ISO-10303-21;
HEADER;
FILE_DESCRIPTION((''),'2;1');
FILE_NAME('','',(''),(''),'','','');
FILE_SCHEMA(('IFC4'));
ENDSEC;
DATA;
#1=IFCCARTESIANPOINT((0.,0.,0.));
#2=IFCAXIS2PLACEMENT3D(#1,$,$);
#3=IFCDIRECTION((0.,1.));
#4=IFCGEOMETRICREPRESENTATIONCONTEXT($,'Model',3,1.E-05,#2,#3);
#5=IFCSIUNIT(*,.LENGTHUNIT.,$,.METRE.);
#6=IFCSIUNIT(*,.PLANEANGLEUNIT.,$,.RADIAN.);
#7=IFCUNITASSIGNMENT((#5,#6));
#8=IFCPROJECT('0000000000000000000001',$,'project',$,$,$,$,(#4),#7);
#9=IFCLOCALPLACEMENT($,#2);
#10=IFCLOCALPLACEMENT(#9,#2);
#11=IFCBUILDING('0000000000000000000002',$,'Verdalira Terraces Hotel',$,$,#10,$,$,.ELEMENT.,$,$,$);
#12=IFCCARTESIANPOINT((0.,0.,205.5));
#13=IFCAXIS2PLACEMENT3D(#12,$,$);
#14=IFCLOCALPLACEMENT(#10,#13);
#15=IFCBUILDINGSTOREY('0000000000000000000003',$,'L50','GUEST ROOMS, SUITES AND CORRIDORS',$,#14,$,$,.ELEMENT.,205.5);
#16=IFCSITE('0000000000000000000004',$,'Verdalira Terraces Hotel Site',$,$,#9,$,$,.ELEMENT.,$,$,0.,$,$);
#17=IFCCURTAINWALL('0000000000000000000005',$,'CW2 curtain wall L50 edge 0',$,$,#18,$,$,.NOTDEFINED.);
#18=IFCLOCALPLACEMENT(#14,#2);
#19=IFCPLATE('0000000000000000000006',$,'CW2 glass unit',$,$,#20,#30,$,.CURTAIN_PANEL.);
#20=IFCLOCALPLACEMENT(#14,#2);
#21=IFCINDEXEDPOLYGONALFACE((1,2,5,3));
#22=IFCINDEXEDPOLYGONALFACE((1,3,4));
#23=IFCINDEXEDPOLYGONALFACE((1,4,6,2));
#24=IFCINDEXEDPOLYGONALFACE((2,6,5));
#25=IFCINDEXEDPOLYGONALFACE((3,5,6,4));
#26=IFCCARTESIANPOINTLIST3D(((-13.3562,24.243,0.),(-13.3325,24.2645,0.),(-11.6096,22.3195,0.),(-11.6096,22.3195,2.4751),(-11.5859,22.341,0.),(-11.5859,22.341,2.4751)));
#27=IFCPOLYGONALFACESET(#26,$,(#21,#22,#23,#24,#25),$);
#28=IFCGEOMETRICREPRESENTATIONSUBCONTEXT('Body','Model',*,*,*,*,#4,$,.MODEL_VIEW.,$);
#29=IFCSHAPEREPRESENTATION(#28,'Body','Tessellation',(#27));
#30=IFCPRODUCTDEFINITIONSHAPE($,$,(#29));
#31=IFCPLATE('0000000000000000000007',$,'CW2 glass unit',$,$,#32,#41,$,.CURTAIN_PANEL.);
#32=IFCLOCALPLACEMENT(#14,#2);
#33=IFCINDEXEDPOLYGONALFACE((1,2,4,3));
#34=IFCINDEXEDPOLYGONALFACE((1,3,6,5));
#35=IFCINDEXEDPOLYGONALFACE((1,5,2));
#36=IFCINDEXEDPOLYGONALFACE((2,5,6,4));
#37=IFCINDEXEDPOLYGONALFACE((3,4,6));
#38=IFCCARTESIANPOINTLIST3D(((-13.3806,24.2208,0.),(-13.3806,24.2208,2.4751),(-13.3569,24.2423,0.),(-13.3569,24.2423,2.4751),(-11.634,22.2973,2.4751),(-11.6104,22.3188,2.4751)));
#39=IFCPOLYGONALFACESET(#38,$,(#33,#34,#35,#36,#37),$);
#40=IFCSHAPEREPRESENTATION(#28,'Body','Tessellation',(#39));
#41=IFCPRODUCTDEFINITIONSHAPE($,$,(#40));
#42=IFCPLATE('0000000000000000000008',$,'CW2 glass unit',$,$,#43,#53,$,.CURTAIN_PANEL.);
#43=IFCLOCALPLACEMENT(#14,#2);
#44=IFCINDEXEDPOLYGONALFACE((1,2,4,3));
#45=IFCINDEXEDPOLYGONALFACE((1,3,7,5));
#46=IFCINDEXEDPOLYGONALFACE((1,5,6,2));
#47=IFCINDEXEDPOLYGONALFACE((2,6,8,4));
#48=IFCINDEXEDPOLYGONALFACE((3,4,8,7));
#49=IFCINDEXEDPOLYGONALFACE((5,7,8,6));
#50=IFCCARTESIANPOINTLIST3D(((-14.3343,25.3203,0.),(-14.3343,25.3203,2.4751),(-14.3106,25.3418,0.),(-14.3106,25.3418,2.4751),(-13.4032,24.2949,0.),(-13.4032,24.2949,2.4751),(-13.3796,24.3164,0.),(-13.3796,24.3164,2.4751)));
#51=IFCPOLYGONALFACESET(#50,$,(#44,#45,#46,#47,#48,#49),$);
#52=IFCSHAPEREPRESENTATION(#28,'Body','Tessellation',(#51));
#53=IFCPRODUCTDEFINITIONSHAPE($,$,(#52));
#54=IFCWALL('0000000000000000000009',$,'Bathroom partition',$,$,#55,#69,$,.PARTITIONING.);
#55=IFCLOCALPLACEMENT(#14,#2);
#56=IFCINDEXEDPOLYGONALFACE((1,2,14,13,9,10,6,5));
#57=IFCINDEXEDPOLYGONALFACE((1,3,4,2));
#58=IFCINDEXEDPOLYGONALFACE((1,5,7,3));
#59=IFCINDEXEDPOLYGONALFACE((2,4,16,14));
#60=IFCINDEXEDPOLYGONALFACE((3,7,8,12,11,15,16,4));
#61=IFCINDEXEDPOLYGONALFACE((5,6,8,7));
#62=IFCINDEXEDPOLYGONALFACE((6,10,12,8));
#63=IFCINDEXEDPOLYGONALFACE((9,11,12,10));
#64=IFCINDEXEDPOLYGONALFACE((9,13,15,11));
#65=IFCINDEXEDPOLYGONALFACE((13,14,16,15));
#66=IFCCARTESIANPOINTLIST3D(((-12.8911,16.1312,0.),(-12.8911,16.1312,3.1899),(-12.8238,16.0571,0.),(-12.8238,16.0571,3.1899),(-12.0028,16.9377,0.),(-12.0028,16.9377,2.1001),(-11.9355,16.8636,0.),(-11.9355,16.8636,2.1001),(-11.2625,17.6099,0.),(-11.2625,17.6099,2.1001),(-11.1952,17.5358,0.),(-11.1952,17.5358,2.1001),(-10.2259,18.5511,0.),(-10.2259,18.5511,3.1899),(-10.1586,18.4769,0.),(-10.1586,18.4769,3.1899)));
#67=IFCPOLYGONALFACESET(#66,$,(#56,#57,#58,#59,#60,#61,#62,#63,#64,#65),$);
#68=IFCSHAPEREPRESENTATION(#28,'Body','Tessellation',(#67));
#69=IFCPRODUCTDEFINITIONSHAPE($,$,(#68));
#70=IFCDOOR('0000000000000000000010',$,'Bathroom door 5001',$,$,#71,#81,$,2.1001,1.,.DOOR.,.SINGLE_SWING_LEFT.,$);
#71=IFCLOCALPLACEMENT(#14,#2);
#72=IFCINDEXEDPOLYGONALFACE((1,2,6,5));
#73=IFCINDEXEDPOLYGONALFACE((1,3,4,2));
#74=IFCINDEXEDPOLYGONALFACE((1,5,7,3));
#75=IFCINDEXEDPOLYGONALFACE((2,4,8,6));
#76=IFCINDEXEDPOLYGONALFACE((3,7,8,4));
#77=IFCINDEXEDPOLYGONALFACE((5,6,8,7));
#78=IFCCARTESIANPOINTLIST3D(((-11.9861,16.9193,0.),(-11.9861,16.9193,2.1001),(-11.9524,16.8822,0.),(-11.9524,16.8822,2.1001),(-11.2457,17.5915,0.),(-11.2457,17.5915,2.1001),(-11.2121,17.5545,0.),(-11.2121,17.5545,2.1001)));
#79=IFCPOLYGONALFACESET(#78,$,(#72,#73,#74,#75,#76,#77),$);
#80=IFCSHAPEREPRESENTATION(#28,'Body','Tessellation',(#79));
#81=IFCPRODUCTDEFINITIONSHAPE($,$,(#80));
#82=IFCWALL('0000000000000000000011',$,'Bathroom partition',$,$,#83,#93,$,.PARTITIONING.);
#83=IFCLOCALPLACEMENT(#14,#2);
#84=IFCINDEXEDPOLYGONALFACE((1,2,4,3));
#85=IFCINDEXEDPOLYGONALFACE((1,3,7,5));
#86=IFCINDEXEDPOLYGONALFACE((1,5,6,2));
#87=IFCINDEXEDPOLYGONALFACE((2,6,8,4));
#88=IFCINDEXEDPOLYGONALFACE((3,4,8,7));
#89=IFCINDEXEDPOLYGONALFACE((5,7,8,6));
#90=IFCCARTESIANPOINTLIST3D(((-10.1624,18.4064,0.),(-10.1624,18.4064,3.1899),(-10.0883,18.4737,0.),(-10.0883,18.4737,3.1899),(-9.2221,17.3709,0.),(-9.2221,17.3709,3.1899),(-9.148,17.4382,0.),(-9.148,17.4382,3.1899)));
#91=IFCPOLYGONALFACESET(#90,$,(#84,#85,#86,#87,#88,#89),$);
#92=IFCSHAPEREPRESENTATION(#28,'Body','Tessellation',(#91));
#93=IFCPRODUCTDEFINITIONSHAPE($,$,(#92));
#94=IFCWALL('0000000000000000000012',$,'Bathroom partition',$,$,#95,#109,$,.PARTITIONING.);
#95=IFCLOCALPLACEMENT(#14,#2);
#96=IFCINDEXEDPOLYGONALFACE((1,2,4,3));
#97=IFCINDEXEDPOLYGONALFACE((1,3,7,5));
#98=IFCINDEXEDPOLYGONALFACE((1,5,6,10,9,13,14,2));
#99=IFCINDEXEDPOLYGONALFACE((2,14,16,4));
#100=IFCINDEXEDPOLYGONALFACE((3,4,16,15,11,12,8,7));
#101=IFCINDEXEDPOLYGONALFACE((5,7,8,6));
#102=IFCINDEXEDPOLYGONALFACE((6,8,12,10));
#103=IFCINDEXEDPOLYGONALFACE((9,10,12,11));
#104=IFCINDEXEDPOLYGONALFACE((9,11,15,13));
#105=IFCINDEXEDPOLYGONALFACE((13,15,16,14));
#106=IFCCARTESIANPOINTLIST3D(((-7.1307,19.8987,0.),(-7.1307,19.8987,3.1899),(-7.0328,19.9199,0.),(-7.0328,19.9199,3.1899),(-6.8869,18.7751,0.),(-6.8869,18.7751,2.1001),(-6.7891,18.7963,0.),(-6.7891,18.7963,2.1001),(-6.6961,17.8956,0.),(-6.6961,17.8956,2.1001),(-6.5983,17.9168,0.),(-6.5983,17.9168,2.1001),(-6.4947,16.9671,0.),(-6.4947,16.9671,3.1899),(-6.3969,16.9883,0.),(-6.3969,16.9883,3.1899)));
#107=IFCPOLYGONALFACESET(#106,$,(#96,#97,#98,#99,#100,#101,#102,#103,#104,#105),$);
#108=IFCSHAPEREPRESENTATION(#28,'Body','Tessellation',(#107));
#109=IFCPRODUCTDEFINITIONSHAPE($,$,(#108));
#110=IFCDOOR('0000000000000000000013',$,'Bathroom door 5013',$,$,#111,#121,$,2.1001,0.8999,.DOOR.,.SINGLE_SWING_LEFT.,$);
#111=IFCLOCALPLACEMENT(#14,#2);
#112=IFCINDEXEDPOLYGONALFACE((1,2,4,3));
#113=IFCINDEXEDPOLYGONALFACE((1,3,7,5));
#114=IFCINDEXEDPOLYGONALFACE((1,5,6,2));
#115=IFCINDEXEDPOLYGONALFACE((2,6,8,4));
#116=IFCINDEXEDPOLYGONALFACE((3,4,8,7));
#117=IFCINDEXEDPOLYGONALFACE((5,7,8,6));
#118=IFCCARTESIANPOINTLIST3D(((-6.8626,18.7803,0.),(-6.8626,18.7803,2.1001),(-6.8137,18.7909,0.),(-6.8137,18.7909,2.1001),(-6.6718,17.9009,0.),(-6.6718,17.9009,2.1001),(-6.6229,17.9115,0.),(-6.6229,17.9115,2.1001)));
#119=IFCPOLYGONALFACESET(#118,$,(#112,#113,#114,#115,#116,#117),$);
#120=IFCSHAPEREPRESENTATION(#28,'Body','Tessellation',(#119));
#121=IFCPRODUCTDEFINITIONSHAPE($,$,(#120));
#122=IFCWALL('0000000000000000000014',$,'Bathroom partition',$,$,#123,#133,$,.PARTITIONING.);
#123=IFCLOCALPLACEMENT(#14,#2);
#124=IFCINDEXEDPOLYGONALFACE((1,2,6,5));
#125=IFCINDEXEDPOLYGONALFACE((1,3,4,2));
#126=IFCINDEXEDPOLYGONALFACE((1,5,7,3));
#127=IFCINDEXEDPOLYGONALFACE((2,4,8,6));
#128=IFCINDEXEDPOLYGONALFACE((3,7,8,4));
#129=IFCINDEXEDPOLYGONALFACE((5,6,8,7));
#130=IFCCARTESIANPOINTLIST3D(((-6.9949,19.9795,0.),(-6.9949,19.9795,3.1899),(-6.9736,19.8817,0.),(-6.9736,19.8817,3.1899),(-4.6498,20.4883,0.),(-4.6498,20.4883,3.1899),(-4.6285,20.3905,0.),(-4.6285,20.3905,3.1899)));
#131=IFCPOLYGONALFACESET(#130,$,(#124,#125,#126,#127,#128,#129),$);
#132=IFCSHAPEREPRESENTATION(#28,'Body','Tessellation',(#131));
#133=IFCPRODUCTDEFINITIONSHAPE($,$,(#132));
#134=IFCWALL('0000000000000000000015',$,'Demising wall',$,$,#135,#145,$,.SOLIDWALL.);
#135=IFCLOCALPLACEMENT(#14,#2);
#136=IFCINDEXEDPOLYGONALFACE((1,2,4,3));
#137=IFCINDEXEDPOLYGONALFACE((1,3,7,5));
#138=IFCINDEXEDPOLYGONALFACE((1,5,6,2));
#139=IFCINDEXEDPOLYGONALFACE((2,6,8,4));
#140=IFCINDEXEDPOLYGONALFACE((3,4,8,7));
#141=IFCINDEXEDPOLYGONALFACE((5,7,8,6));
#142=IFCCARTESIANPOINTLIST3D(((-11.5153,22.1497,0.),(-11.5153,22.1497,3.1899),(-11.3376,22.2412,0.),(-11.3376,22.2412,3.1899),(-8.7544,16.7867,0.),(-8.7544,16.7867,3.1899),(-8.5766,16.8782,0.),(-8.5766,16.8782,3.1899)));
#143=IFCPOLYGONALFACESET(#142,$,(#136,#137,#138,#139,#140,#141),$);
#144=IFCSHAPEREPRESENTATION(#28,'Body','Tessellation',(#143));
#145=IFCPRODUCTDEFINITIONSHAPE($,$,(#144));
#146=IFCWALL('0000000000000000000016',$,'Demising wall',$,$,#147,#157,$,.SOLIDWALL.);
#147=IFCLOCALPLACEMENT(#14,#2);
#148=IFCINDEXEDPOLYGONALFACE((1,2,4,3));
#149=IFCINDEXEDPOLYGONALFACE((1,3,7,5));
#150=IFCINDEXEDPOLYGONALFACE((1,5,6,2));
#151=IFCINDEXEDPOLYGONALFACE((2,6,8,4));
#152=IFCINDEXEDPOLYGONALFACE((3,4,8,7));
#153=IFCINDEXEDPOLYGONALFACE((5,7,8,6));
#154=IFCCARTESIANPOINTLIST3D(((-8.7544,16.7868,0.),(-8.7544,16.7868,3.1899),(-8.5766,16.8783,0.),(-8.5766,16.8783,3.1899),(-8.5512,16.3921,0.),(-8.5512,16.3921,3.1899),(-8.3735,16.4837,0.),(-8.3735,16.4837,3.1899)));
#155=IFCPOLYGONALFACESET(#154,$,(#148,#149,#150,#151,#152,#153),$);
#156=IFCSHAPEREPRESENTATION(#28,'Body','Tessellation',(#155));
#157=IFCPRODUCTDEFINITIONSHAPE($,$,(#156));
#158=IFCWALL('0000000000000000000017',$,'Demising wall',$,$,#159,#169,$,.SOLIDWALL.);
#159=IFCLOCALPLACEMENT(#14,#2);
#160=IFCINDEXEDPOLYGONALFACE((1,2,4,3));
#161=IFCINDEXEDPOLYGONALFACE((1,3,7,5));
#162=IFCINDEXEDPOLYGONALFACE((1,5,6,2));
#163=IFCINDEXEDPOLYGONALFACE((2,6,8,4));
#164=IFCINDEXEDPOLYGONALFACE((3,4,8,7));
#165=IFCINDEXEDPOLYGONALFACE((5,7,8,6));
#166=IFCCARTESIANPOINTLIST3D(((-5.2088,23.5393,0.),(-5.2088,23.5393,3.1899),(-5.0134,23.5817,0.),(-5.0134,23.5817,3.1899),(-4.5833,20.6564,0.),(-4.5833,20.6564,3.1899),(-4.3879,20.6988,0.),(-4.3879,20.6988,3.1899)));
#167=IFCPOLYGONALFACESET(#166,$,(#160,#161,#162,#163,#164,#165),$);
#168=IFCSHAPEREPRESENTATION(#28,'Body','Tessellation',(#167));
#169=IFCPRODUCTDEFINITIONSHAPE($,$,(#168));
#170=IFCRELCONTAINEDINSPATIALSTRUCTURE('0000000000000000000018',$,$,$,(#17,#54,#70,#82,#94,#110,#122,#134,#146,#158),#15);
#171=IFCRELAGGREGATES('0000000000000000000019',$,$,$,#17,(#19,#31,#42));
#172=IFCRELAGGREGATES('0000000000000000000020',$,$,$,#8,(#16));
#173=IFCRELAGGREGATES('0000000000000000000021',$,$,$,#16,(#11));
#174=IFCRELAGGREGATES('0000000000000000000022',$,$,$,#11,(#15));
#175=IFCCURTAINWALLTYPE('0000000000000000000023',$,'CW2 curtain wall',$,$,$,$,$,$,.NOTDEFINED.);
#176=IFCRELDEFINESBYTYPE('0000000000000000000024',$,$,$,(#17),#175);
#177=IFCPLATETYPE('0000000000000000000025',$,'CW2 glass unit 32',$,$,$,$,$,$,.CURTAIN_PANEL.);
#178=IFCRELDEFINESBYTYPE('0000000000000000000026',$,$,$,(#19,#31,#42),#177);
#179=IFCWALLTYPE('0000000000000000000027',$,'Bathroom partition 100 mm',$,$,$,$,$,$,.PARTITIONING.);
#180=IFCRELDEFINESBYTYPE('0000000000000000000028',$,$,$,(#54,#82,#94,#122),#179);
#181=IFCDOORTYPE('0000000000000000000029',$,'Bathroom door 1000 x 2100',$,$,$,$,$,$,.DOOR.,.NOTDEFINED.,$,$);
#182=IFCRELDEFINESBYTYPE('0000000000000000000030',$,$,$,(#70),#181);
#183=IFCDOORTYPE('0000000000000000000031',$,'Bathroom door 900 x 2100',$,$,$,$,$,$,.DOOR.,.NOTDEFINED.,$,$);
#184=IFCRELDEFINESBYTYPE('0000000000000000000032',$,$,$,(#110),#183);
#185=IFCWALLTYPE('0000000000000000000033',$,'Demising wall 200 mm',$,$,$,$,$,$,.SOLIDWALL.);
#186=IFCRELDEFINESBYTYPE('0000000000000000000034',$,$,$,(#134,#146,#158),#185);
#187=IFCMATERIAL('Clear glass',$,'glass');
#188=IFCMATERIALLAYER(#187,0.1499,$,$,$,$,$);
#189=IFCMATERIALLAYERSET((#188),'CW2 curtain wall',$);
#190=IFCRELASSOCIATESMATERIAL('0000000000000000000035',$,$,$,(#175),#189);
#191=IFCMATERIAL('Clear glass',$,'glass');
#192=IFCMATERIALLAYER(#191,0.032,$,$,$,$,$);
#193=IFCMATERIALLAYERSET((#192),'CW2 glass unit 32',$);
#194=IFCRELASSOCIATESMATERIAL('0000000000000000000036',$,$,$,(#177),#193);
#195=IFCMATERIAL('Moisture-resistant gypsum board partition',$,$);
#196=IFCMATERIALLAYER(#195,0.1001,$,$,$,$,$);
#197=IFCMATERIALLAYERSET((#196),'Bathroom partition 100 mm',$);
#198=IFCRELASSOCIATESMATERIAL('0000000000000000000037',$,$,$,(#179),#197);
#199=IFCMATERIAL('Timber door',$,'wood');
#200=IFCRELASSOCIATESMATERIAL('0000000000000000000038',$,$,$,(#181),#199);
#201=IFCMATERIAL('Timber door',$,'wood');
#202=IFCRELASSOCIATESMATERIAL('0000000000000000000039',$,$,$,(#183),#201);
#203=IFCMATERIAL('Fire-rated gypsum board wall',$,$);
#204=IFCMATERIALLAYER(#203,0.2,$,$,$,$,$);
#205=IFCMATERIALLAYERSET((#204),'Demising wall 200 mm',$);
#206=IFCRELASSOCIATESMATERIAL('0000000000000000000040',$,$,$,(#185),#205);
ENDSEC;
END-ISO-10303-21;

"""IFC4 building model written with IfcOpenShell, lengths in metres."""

from ifc_helpers import new_model, si_unit, direction, frame, frame_2d, origin, origin_2d, place, context, subcontext, project, spatial, polyline, rectangle, outline, extrude, material, layer, layer_set, type_object, element, fill, aggregate, save


model = new_model("IFC4")

# Units and contexts
model_context = context("Model", 3, precision=1e-05, world=origin(), true_north=direction((0.0, 1.0)))
body_context = subcontext(model_context, "Body", "Model", "MODEL_VIEW")
ifc_project = project(units=[si_unit("LENGTHUNIT", "METRE"), si_unit("PLANEANGLEUNIT", "RADIAN")], contexts=[model_context])

# Site, building, storey
site_placement = place(None, origin())
site = spatial("IfcSite", under=ifc_project, at=site_placement, Name="Verdalira Terraces Hotel Site", CompositionType="ELEMENT", RefElevation=0.0)
building_placement = place(site_placement, origin())
building = spatial("IfcBuilding", under=site, at=building_placement, Name="Verdalira Terraces Hotel", CompositionType="ELEMENT")
storey_placement = place(building_placement, frame((0.0, 0.0, 205.5)))
storey = spatial("IfcBuildingStorey", under=building, at=storey_placement, Name="L50", Description="GUEST ROOMS, SUITES AND CORRIDORS", CompositionType="ELEMENT", Elevation=205.5)

# Curtain wall
ifc_material_1 = material(Name="Clear glass", Category="glass")
ifc_layer_1 = layer(ifc_material_1, 0.1499)
ifc_layer_set_1 = layer_set([ifc_layer_1], Name="CW2 curtain wall")
curtain_wall_type_1 = type_object("IfcCurtainWallType", Name="CW2 curtain wall", PredefinedType="NOTDEFINED", material=ifc_layer_set_1)
curtain_wall_1_placement = place(storey_placement, origin())
curtain_wall_1 = element("IfcCurtainWall", 1, at=curtain_wall_1_placement, inside=storey, type_object=curtain_wall_type_1, Name="CW2 curtain wall L50 edge 0", PredefinedType="NOTDEFINED")

# Plates
ifc_material_2 = material(Name="Clear glass", Category="glass")
ifc_layer_2 = layer(ifc_material_2, 0.032)
ifc_layer_set_2 = layer_set([ifc_layer_2], Name="CW2 glass unit 32")
plate_type_1 = type_object("IfcPlateType", Name="CW2 glass unit 32", PredefinedType="CURTAIN_PANEL", material=ifc_layer_set_2)
plate_1_placement = place(storey_placement, frame((-12.4829, 23.2812, 1.2375), z_axis=(0.740335, 0.672238, 0.0), x_axis=(-0.672238, 0.740335, 0.0)))
plate_1 = element("IfcPlate", 2, at=plate_1_placement, type_object=plate_type_1, Name="CW2 glass unit", PredefinedType="CURTAIN_PANEL", context=body_context, shape_type="SweptSolid", body=[
    extrude(outline(polyline([(-1.2991, -1.2375), (1.2991, -1.2375), (-1.2991, 1.2375), (-1.2991, -1.2375)])), origin(), (0.0, 0.0, 1.0), 0.032),
])
plate_2_placement = place(storey_placement, frame((-12.5073, 23.259, 1.2375), z_axis=(0.740335, 0.672238, 0.0), x_axis=(-0.672238, 0.740335, 0.0)))
plate_2 = element("IfcPlate", 3, at=plate_2_placement, type_object=plate_type_1, Name="CW2 glass unit", PredefinedType="CURTAIN_PANEL", context=body_context, shape_type="SweptSolid", body=[
    extrude(outline(polyline([(1.2991, -1.2375), (1.2991, 1.2375), (-1.2991, 1.2375), (1.2991, -1.2375)])), origin(), (0.0, 0.0, 1.0), 0.032),
])
plate_3_placement = place(storey_placement, frame((-13.8569, 24.8184, 0.0), z_axis=(0.0, 0.0, 1.0), x_axis=(-0.672238, 0.740335, 0.0)))
plate_3 = element("IfcPlate", 4, at=plate_3_placement, type_object=plate_type_1, Name="CW2 glass unit", PredefinedType="CURTAIN_PANEL", context=body_context, shape_type="SweptSolid", body=[
    extrude(rectangle(XDim=1.385, YDim=0.032, at=origin_2d()), origin(), (0.0, 0.0, 1.0), 2.4751),
])
aggregate(curtain_wall_1, [plate_1, plate_2, plate_3])

# Wall, opening, door
ifc_material_3 = material(Name="Moisture-resistant gypsum board partition")
ifc_layer_3 = layer(ifc_material_3, 0.1001)
ifc_layer_set_3 = layer_set([ifc_layer_3], Name="Bathroom partition 100 mm")
wall_type_1 = type_object("IfcWallType", Name="Bathroom partition 100 mm", PredefinedType="PARTITIONING", material=ifc_layer_set_3)
wall_1_placement = place(storey_placement, frame((-10.1924, 18.5139, 0.0), z_axis=(0.0, 0.0, 1.0), x_axis=(-0.740363, -0.672207, 0.0)))
wall_1 = element("IfcWall", 5, at=wall_1_placement, inside=storey, type_object=wall_type_1, Name="Bathroom partition", PredefinedType="PARTITIONING", context=body_context, shape_type="SweptSolid", body=[
    extrude(rectangle(XDim=3.5999, YDim=0.1001, at=frame_2d((1.7998, 0.0))), origin(), (0.0, 0.0, 1.0), 3.1899),
])
opening_1_placement = place(wall_1_placement, frame((1.3999, 0.0, 0.0)))
opening_1 = element("IfcOpeningElement", 6, at=opening_1_placement, cuts=wall_1, PredefinedType="OPENING", context=body_context, shape_type="SweptSolid", body=[
    extrude(rectangle(XDim=1.0, YDim=2.1001, at=frame_2d((0.5, 1.05))), frame((0.0, 0.0601, 0.0), z_axis=(0.0, -1.0, 0.0), x_axis=(1.0, 0.0, 0.0)), (0.0, 0.0, 1.0), 0.1201),
])
ifc_material_4 = material(Name="Timber door", Category="wood")
door_type_1 = type_object("IfcDoorType", Name="Bathroom door 1000 x 2100", OperationType="NOTDEFINED", PredefinedType="DOOR", material=ifc_material_4)
door_1_placement = place(opening_1_placement, origin())
door_1 = element("IfcDoor", 7, at=door_1_placement, inside=storey, type_object=door_type_1, Name="Bathroom door 5001", OperationType="SINGLE_SWING_LEFT", OverallHeight=2.1001, OverallWidth=1.0, PredefinedType="DOOR", context=body_context, shape_type="SweptSolid", body=[
    extrude(rectangle(XDim=1.0, YDim=2.1001, at=frame_2d((0.5, 1.05))), frame((0.0, 0.0249, 0.0), z_axis=(0.0, -1.0, 0.0), x_axis=(1.0, 0.0, 0.0)), (0.0, 0.0, 1.0), 0.05),
])
fill(opening_1, door_1)

# Wall
wall_2_placement = place(storey_placement, frame((-10.1252, 18.4399, 0.0), z_axis=(0.0, 0.0, 1.0), x_axis=(0.672247, -0.740327, 0.0)))
element("IfcWall", 8, at=wall_2_placement, inside=storey, type_object=wall_type_1, Name="Bathroom partition", PredefinedType="PARTITIONING", context=body_context, shape_type="SweptSolid", body=[
    extrude(rectangle(XDim=1.3987, YDim=0.1001, at=frame_2d((0.6992, 0.0))), origin(), (0.0, 0.0, 1.0), 3.1899),
])

# Wall, opening, door
wall_3_placement = place(storey_placement, frame((-7.0818, 19.9094, 0.0), z_axis=(0.0, 0.0, 1.0), x_axis=(0.212007, -0.977268, 0.0)))
wall_3 = element("IfcWall", 9, at=wall_3_placement, inside=storey, type_object=wall_type_1, Name="Bathroom partition", PredefinedType="PARTITIONING", context=body_context, shape_type="SweptSolid", body=[
    extrude(rectangle(XDim=2.9998, YDim=0.1001, at=frame_2d((1.5, 0.0))), origin(), (0.0, 0.0, 1.0), 3.1899),
])
opening_2_placement = place(wall_3_placement, frame((1.1499, 0.0, 0.0)))
opening_2 = element("IfcOpeningElement", 10, at=opening_2_placement, cuts=wall_3, PredefinedType="OPENING", context=body_context, shape_type="SweptSolid", body=[
    extrude(rectangle(XDim=0.8999, YDim=2.1001, at=frame_2d((0.45, 1.05))), frame((0.0, 0.0601, 0.0), z_axis=(0.0, -1.0, 0.0), x_axis=(1.0, 0.0, 0.0)), (0.0, 0.0, 1.0), 0.1201),
])
ifc_material_5 = material(Name="Timber door", Category="wood")
door_type_2 = type_object("IfcDoorType", Name="Bathroom door 900 x 2100", OperationType="NOTDEFINED", PredefinedType="DOOR", material=ifc_material_5)
door_2_placement = place(opening_2_placement, origin())
door_2 = element("IfcDoor", 11, at=door_2_placement, inside=storey, type_object=door_type_2, Name="Bathroom door 5013", OperationType="SINGLE_SWING_LEFT", OverallHeight=2.1001, OverallWidth=0.8999, PredefinedType="DOOR", context=body_context, shape_type="SweptSolid", body=[
    extrude(rectangle(XDim=0.8999, YDim=2.1001, at=frame_2d((0.45, 1.05))), frame((0.0, 0.0249, 0.0), z_axis=(0.0, -1.0, 0.0), x_axis=(1.0, 0.0, 0.0)), (0.0, 0.0, 1.0), 0.05),
])
fill(opening_2, door_2)

# Walls
wall_4_placement = place(storey_placement, frame((-6.9841, 19.9307, 0.0), z_axis=(0.0, 0.0, 1.0), x_axis=(0.977266, 0.212016, 0.0)))
element("IfcWall", 12, at=wall_4_placement, inside=storey, type_object=wall_type_1, Name="Bathroom partition", PredefinedType="PARTITIONING", context=body_context, shape_type="SweptSolid", body=[
    extrude(rectangle(XDim=2.3997, YDim=0.1001, at=frame_2d((1.1997, 0.0))), origin(), (0.0, 0.0, 1.0), 3.1899),
])
ifc_material_6 = material(Name="Fire-rated gypsum board wall")
ifc_layer_4 = layer(ifc_material_6, 0.2)
ifc_layer_set_4 = layer_set([ifc_layer_4], Name="Demising wall 200 mm")
wall_type_2 = type_object("IfcWallType", Name="Demising wall 200 mm", PredefinedType="SOLIDWALL", material=ifc_layer_set_4)
wall_5_placement = place(storey_placement, frame((-11.4265, 22.1956, 0.0), z_axis=(0.0, 0.0, 1.0), x_axis=(0.457722, -0.889095, 0.0)))
element("IfcWall", 13, at=wall_5_placement, inside=storey, type_object=wall_type_2, Name="Demising wall", PredefinedType="SOLIDWALL", context=body_context, shape_type="SweptSolid", body=[
    extrude(rectangle(XDim=6.032, YDim=0.2, at=frame_2d((3.0161, 0.0))), origin(), (0.0, 0.0, 1.0), 3.1899),
])
wall_6_placement = place(storey_placement, frame((-8.6655, 16.8325, 0.0), z_axis=(0.0, 0.0, 1.0), x_axis=(0.457746, -0.889083, 0.0)))
element("IfcWall", 14, at=wall_6_placement, inside=storey, type_object=wall_type_2, Name="Demising wall", PredefinedType="SOLIDWALL", context=body_context, shape_type="SweptSolid", body=[
    extrude(rectangle(XDim=0.4438, YDim=0.2, at=frame_2d((0.2219, 0.0))), origin(), (0.0, 0.0, 1.0), 3.1899),
])
wall_7_placement = place(storey_placement, frame((-4.4856, 20.6775, 0.0), z_axis=(0.0, 0.0, 1.0), x_axis=(-0.212038, 0.977261, 0.0)))
element("IfcWall", 15, at=wall_7_placement, inside=storey, type_object=wall_type_2, Name="Demising wall", PredefinedType="SOLIDWALL", context=body_context, shape_type="SweptSolid", body=[
    extrude(rectangle(XDim=2.95, YDim=0.2, at=frame_2d((1.4751, 0.0))), origin(), (0.0, 0.0, 1.0), 3.1899),
])

save(model, "model.ifc")
